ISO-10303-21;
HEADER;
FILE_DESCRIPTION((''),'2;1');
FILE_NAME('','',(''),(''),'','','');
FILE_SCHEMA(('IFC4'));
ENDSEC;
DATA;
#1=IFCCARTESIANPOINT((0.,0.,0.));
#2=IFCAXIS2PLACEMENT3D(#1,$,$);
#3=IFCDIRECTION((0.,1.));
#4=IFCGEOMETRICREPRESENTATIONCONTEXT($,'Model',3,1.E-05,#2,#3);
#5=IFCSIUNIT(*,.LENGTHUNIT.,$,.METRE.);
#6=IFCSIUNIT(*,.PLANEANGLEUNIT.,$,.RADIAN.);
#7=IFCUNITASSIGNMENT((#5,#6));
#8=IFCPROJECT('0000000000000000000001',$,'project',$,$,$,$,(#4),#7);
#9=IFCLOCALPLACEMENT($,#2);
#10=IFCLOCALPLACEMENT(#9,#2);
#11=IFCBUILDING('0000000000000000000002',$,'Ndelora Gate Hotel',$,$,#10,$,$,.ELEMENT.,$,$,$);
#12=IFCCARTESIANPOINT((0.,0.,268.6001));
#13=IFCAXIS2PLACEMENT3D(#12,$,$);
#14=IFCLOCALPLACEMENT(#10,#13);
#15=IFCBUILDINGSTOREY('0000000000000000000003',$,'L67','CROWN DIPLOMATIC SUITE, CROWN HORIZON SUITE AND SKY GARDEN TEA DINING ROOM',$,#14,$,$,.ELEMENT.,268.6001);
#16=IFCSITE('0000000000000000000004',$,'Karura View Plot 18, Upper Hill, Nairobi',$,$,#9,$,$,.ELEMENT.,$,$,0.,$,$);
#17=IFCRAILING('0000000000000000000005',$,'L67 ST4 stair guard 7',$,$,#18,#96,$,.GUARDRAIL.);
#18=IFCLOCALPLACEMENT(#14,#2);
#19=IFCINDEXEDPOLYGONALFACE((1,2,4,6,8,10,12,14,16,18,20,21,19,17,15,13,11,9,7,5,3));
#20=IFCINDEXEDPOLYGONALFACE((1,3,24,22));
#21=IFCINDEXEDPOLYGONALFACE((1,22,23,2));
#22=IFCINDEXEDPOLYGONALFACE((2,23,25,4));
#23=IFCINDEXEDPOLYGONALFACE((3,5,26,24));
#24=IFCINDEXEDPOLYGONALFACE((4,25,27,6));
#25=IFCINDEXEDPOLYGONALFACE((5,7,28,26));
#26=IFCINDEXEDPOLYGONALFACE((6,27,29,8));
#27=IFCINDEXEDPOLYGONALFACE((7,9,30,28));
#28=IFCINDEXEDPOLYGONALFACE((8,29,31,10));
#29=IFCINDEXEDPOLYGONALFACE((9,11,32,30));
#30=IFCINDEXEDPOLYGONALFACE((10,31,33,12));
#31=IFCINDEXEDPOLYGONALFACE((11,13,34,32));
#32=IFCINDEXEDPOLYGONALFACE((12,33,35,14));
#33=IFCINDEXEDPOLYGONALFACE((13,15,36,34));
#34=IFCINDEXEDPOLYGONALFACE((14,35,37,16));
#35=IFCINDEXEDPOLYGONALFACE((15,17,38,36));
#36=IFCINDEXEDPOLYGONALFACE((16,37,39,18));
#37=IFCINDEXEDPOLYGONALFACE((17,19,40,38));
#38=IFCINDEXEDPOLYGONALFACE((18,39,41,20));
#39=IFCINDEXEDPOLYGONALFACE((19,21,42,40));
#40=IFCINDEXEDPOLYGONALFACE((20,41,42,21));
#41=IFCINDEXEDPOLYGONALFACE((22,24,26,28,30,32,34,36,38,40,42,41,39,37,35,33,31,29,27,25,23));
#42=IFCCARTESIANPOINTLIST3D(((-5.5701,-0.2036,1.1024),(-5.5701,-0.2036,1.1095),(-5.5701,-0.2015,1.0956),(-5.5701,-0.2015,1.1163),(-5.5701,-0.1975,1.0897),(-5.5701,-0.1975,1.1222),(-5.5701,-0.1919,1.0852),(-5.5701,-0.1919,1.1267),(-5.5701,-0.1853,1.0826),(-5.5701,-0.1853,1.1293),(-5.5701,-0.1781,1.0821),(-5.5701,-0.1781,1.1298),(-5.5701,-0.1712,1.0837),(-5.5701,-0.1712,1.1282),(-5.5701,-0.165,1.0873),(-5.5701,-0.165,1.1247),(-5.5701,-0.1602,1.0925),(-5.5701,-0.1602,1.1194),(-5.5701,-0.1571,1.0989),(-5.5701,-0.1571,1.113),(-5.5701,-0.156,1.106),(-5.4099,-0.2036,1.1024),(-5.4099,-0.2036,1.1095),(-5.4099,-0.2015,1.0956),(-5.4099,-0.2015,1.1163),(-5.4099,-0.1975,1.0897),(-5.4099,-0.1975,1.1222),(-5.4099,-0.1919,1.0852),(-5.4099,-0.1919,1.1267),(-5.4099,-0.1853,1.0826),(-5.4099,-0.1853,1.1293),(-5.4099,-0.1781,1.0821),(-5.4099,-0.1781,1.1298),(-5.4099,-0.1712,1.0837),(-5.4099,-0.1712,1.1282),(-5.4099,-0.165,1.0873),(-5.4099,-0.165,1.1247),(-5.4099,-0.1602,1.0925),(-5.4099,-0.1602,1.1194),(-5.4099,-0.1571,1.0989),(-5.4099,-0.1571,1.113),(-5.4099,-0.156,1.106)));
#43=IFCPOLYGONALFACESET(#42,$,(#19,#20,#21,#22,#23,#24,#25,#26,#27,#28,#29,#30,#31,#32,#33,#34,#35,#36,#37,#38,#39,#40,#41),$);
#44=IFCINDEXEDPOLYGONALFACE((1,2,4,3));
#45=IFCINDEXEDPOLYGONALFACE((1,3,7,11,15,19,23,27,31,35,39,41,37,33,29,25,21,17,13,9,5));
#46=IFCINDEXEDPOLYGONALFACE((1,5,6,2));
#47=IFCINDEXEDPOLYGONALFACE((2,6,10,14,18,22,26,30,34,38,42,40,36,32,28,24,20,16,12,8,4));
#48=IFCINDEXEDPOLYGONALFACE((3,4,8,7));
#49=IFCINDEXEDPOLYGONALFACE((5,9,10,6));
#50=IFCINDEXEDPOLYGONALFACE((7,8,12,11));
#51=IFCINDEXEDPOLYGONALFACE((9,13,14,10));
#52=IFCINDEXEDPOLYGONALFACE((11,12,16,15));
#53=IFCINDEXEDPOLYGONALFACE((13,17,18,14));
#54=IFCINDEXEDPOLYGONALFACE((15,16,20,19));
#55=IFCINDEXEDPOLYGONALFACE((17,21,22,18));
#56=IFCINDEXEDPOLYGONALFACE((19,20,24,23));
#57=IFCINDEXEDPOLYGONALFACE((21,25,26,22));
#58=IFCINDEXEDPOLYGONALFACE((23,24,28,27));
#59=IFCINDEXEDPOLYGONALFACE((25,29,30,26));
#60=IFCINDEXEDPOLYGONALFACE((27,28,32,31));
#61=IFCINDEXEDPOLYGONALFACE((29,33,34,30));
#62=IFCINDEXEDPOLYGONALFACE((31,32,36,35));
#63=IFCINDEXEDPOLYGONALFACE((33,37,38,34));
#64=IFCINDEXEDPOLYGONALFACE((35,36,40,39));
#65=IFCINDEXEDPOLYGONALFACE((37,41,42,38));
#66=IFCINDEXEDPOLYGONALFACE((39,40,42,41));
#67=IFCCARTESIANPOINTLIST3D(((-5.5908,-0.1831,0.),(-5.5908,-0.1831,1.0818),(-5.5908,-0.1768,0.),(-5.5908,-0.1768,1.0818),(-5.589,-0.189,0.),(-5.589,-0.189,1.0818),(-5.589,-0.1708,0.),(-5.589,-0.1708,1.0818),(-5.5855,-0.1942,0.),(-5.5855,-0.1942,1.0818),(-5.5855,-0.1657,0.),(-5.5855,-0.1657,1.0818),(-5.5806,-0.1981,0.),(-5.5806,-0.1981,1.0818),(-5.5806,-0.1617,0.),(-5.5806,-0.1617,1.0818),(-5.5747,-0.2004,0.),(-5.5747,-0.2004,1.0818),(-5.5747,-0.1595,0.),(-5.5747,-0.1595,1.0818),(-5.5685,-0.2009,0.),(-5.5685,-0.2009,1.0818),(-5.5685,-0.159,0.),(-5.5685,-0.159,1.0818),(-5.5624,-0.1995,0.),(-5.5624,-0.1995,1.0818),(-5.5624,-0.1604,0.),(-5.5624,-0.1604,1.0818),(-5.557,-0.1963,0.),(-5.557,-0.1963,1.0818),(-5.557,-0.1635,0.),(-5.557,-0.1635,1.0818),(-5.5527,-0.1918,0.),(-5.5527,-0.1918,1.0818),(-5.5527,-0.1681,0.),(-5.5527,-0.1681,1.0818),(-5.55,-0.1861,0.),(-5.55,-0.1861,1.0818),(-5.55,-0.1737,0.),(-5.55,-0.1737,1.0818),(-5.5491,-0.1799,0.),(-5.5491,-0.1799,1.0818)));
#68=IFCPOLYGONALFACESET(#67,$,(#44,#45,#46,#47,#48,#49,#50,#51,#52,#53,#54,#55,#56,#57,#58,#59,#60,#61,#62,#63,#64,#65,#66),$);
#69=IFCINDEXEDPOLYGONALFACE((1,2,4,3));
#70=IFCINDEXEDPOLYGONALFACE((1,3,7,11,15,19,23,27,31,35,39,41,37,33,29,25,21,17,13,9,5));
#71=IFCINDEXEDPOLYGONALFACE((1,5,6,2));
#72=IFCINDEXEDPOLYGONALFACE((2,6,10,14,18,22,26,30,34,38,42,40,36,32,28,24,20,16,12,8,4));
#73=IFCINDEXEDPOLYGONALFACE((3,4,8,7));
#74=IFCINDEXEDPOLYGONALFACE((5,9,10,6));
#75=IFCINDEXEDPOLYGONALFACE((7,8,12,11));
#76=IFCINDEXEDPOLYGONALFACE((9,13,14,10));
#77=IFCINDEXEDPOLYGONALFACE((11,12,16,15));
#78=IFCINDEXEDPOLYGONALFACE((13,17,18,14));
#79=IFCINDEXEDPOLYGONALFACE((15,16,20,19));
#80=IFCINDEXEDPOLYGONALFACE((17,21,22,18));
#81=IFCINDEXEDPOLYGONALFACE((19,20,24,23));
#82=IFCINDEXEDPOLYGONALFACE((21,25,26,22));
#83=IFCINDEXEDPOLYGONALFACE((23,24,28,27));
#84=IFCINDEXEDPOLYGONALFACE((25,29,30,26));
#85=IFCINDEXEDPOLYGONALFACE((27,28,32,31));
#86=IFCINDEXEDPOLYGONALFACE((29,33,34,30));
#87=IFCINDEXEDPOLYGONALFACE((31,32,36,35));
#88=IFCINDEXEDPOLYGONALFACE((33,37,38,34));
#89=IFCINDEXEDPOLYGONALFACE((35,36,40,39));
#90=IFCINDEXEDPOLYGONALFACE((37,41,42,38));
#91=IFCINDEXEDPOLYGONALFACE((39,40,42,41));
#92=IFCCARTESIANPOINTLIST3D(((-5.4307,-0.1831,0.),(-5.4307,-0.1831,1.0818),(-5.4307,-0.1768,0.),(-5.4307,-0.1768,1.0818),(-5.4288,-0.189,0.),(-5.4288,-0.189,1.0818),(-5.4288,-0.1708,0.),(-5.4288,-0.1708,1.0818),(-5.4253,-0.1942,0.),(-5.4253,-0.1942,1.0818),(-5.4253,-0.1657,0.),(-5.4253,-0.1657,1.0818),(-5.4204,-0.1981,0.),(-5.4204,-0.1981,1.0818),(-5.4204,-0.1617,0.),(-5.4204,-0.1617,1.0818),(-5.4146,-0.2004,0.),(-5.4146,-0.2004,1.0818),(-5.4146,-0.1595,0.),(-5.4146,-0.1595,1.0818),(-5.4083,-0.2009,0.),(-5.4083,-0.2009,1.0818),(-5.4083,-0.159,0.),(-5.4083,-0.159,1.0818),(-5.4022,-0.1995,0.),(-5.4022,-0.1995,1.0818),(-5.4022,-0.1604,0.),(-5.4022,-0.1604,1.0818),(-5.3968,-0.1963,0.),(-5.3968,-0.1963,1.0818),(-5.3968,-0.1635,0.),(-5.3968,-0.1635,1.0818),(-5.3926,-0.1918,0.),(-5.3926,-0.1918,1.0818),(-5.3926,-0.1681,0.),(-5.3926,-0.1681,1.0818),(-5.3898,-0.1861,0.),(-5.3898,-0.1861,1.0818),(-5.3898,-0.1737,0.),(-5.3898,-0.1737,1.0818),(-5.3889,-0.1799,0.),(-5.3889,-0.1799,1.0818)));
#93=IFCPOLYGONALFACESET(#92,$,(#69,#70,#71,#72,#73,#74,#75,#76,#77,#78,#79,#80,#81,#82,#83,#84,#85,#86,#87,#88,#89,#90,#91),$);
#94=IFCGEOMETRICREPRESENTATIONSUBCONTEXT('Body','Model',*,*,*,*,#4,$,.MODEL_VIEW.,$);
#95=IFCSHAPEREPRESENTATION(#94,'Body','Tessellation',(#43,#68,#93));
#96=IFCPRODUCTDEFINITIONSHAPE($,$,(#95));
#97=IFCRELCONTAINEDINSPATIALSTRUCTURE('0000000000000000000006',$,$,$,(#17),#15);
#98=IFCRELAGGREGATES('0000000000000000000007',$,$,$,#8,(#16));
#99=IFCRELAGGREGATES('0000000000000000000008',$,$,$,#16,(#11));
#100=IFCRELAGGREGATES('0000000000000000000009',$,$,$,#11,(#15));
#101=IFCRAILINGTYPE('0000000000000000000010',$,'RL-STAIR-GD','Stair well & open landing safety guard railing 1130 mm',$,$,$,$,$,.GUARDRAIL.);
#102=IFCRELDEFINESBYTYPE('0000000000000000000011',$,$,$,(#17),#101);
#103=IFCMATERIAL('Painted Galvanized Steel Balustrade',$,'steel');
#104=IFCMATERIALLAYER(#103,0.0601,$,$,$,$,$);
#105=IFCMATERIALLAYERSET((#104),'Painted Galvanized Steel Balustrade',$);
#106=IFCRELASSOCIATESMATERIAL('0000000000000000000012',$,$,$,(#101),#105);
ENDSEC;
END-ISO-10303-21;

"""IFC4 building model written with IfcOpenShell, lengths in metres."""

from ifc_helpers import new_model, si_unit, direction, frame, origin, origin_2d, place, context, subcontext, project, spatial, circle, extrude, material, layer, layer_set, type_object, element, save


model = new_model("IFC4")

# Units and contexts
model_context = context("Model", 3, precision=1e-05, world=origin(), true_north=direction((0.0, 1.0)))
body_context = subcontext(model_context, "Body", "Model", "MODEL_VIEW")
ifc_project = project(units=[si_unit("LENGTHUNIT", "METRE"), si_unit("PLANEANGLEUNIT", "RADIAN")], contexts=[model_context])

# Site, building, storey
site_placement = place(None, origin())
site = spatial("IfcSite", under=ifc_project, at=site_placement, Name="Karura View Plot 18, Upper Hill, Nairobi", CompositionType="ELEMENT", RefElevation=0.0)
building_placement = place(site_placement, origin())
building = spatial("IfcBuilding", under=site, at=building_placement, Name="Ndelora Gate Hotel", CompositionType="ELEMENT")
storey_placement = place(building_placement, frame((0.0, 0.0, 268.6001)))
storey = spatial("IfcBuildingStorey", under=building, at=storey_placement, Name="L67", Description="CROWN DIPLOMATIC SUITE, CROWN HORIZON SUITE AND SKY GARDEN TEA DINING ROOM", CompositionType="ELEMENT", Elevation=268.6001)

# Railing
ifc_material_1 = material(Name="Painted Galvanized Steel Balustrade", Category="steel")
ifc_layer_1 = layer(ifc_material_1, 0.0601)
ifc_layer_set_1 = layer_set([ifc_layer_1], Name="Painted Galvanized Steel Balustrade")
railing_type_1 = type_object("IfcRailingType", Name="RL-STAIR-GD", Description="Stair well & open landing safety guard railing 1130 mm", PredefinedType="GUARDRAIL", material=ifc_layer_set_1)
railing_1_placement = place(storey_placement, frame((-5.5701, -0.1799, 0.0)))
element("IfcRailing", 1, at=railing_1_placement, inside=storey, type_object=railing_type_1, Name="L67 ST4 stair guard 7", PredefinedType="GUARDRAIL", context=body_context, shape_type="SweptSolid", body=[
    extrude(circle(Radius=0.0239, at=origin_2d()), frame((0.0, 0.0, 1.106), z_axis=(1.0, 0.0, 0.0), x_axis=(0.0, 1.0, 0.0)), (0.0, 0.0, 1.0), 0.1602),
    extrude(circle(Radius=0.021, at=origin_2d()), origin(), (0.0, 0.0, 1.0), 1.0818),
    extrude(circle(Radius=0.021, at=origin_2d()), frame((0.1602, 0.0, 0.0)), (0.0, 0.0, 1.0), 1.0818),
])

save(model, "model.ifc")
